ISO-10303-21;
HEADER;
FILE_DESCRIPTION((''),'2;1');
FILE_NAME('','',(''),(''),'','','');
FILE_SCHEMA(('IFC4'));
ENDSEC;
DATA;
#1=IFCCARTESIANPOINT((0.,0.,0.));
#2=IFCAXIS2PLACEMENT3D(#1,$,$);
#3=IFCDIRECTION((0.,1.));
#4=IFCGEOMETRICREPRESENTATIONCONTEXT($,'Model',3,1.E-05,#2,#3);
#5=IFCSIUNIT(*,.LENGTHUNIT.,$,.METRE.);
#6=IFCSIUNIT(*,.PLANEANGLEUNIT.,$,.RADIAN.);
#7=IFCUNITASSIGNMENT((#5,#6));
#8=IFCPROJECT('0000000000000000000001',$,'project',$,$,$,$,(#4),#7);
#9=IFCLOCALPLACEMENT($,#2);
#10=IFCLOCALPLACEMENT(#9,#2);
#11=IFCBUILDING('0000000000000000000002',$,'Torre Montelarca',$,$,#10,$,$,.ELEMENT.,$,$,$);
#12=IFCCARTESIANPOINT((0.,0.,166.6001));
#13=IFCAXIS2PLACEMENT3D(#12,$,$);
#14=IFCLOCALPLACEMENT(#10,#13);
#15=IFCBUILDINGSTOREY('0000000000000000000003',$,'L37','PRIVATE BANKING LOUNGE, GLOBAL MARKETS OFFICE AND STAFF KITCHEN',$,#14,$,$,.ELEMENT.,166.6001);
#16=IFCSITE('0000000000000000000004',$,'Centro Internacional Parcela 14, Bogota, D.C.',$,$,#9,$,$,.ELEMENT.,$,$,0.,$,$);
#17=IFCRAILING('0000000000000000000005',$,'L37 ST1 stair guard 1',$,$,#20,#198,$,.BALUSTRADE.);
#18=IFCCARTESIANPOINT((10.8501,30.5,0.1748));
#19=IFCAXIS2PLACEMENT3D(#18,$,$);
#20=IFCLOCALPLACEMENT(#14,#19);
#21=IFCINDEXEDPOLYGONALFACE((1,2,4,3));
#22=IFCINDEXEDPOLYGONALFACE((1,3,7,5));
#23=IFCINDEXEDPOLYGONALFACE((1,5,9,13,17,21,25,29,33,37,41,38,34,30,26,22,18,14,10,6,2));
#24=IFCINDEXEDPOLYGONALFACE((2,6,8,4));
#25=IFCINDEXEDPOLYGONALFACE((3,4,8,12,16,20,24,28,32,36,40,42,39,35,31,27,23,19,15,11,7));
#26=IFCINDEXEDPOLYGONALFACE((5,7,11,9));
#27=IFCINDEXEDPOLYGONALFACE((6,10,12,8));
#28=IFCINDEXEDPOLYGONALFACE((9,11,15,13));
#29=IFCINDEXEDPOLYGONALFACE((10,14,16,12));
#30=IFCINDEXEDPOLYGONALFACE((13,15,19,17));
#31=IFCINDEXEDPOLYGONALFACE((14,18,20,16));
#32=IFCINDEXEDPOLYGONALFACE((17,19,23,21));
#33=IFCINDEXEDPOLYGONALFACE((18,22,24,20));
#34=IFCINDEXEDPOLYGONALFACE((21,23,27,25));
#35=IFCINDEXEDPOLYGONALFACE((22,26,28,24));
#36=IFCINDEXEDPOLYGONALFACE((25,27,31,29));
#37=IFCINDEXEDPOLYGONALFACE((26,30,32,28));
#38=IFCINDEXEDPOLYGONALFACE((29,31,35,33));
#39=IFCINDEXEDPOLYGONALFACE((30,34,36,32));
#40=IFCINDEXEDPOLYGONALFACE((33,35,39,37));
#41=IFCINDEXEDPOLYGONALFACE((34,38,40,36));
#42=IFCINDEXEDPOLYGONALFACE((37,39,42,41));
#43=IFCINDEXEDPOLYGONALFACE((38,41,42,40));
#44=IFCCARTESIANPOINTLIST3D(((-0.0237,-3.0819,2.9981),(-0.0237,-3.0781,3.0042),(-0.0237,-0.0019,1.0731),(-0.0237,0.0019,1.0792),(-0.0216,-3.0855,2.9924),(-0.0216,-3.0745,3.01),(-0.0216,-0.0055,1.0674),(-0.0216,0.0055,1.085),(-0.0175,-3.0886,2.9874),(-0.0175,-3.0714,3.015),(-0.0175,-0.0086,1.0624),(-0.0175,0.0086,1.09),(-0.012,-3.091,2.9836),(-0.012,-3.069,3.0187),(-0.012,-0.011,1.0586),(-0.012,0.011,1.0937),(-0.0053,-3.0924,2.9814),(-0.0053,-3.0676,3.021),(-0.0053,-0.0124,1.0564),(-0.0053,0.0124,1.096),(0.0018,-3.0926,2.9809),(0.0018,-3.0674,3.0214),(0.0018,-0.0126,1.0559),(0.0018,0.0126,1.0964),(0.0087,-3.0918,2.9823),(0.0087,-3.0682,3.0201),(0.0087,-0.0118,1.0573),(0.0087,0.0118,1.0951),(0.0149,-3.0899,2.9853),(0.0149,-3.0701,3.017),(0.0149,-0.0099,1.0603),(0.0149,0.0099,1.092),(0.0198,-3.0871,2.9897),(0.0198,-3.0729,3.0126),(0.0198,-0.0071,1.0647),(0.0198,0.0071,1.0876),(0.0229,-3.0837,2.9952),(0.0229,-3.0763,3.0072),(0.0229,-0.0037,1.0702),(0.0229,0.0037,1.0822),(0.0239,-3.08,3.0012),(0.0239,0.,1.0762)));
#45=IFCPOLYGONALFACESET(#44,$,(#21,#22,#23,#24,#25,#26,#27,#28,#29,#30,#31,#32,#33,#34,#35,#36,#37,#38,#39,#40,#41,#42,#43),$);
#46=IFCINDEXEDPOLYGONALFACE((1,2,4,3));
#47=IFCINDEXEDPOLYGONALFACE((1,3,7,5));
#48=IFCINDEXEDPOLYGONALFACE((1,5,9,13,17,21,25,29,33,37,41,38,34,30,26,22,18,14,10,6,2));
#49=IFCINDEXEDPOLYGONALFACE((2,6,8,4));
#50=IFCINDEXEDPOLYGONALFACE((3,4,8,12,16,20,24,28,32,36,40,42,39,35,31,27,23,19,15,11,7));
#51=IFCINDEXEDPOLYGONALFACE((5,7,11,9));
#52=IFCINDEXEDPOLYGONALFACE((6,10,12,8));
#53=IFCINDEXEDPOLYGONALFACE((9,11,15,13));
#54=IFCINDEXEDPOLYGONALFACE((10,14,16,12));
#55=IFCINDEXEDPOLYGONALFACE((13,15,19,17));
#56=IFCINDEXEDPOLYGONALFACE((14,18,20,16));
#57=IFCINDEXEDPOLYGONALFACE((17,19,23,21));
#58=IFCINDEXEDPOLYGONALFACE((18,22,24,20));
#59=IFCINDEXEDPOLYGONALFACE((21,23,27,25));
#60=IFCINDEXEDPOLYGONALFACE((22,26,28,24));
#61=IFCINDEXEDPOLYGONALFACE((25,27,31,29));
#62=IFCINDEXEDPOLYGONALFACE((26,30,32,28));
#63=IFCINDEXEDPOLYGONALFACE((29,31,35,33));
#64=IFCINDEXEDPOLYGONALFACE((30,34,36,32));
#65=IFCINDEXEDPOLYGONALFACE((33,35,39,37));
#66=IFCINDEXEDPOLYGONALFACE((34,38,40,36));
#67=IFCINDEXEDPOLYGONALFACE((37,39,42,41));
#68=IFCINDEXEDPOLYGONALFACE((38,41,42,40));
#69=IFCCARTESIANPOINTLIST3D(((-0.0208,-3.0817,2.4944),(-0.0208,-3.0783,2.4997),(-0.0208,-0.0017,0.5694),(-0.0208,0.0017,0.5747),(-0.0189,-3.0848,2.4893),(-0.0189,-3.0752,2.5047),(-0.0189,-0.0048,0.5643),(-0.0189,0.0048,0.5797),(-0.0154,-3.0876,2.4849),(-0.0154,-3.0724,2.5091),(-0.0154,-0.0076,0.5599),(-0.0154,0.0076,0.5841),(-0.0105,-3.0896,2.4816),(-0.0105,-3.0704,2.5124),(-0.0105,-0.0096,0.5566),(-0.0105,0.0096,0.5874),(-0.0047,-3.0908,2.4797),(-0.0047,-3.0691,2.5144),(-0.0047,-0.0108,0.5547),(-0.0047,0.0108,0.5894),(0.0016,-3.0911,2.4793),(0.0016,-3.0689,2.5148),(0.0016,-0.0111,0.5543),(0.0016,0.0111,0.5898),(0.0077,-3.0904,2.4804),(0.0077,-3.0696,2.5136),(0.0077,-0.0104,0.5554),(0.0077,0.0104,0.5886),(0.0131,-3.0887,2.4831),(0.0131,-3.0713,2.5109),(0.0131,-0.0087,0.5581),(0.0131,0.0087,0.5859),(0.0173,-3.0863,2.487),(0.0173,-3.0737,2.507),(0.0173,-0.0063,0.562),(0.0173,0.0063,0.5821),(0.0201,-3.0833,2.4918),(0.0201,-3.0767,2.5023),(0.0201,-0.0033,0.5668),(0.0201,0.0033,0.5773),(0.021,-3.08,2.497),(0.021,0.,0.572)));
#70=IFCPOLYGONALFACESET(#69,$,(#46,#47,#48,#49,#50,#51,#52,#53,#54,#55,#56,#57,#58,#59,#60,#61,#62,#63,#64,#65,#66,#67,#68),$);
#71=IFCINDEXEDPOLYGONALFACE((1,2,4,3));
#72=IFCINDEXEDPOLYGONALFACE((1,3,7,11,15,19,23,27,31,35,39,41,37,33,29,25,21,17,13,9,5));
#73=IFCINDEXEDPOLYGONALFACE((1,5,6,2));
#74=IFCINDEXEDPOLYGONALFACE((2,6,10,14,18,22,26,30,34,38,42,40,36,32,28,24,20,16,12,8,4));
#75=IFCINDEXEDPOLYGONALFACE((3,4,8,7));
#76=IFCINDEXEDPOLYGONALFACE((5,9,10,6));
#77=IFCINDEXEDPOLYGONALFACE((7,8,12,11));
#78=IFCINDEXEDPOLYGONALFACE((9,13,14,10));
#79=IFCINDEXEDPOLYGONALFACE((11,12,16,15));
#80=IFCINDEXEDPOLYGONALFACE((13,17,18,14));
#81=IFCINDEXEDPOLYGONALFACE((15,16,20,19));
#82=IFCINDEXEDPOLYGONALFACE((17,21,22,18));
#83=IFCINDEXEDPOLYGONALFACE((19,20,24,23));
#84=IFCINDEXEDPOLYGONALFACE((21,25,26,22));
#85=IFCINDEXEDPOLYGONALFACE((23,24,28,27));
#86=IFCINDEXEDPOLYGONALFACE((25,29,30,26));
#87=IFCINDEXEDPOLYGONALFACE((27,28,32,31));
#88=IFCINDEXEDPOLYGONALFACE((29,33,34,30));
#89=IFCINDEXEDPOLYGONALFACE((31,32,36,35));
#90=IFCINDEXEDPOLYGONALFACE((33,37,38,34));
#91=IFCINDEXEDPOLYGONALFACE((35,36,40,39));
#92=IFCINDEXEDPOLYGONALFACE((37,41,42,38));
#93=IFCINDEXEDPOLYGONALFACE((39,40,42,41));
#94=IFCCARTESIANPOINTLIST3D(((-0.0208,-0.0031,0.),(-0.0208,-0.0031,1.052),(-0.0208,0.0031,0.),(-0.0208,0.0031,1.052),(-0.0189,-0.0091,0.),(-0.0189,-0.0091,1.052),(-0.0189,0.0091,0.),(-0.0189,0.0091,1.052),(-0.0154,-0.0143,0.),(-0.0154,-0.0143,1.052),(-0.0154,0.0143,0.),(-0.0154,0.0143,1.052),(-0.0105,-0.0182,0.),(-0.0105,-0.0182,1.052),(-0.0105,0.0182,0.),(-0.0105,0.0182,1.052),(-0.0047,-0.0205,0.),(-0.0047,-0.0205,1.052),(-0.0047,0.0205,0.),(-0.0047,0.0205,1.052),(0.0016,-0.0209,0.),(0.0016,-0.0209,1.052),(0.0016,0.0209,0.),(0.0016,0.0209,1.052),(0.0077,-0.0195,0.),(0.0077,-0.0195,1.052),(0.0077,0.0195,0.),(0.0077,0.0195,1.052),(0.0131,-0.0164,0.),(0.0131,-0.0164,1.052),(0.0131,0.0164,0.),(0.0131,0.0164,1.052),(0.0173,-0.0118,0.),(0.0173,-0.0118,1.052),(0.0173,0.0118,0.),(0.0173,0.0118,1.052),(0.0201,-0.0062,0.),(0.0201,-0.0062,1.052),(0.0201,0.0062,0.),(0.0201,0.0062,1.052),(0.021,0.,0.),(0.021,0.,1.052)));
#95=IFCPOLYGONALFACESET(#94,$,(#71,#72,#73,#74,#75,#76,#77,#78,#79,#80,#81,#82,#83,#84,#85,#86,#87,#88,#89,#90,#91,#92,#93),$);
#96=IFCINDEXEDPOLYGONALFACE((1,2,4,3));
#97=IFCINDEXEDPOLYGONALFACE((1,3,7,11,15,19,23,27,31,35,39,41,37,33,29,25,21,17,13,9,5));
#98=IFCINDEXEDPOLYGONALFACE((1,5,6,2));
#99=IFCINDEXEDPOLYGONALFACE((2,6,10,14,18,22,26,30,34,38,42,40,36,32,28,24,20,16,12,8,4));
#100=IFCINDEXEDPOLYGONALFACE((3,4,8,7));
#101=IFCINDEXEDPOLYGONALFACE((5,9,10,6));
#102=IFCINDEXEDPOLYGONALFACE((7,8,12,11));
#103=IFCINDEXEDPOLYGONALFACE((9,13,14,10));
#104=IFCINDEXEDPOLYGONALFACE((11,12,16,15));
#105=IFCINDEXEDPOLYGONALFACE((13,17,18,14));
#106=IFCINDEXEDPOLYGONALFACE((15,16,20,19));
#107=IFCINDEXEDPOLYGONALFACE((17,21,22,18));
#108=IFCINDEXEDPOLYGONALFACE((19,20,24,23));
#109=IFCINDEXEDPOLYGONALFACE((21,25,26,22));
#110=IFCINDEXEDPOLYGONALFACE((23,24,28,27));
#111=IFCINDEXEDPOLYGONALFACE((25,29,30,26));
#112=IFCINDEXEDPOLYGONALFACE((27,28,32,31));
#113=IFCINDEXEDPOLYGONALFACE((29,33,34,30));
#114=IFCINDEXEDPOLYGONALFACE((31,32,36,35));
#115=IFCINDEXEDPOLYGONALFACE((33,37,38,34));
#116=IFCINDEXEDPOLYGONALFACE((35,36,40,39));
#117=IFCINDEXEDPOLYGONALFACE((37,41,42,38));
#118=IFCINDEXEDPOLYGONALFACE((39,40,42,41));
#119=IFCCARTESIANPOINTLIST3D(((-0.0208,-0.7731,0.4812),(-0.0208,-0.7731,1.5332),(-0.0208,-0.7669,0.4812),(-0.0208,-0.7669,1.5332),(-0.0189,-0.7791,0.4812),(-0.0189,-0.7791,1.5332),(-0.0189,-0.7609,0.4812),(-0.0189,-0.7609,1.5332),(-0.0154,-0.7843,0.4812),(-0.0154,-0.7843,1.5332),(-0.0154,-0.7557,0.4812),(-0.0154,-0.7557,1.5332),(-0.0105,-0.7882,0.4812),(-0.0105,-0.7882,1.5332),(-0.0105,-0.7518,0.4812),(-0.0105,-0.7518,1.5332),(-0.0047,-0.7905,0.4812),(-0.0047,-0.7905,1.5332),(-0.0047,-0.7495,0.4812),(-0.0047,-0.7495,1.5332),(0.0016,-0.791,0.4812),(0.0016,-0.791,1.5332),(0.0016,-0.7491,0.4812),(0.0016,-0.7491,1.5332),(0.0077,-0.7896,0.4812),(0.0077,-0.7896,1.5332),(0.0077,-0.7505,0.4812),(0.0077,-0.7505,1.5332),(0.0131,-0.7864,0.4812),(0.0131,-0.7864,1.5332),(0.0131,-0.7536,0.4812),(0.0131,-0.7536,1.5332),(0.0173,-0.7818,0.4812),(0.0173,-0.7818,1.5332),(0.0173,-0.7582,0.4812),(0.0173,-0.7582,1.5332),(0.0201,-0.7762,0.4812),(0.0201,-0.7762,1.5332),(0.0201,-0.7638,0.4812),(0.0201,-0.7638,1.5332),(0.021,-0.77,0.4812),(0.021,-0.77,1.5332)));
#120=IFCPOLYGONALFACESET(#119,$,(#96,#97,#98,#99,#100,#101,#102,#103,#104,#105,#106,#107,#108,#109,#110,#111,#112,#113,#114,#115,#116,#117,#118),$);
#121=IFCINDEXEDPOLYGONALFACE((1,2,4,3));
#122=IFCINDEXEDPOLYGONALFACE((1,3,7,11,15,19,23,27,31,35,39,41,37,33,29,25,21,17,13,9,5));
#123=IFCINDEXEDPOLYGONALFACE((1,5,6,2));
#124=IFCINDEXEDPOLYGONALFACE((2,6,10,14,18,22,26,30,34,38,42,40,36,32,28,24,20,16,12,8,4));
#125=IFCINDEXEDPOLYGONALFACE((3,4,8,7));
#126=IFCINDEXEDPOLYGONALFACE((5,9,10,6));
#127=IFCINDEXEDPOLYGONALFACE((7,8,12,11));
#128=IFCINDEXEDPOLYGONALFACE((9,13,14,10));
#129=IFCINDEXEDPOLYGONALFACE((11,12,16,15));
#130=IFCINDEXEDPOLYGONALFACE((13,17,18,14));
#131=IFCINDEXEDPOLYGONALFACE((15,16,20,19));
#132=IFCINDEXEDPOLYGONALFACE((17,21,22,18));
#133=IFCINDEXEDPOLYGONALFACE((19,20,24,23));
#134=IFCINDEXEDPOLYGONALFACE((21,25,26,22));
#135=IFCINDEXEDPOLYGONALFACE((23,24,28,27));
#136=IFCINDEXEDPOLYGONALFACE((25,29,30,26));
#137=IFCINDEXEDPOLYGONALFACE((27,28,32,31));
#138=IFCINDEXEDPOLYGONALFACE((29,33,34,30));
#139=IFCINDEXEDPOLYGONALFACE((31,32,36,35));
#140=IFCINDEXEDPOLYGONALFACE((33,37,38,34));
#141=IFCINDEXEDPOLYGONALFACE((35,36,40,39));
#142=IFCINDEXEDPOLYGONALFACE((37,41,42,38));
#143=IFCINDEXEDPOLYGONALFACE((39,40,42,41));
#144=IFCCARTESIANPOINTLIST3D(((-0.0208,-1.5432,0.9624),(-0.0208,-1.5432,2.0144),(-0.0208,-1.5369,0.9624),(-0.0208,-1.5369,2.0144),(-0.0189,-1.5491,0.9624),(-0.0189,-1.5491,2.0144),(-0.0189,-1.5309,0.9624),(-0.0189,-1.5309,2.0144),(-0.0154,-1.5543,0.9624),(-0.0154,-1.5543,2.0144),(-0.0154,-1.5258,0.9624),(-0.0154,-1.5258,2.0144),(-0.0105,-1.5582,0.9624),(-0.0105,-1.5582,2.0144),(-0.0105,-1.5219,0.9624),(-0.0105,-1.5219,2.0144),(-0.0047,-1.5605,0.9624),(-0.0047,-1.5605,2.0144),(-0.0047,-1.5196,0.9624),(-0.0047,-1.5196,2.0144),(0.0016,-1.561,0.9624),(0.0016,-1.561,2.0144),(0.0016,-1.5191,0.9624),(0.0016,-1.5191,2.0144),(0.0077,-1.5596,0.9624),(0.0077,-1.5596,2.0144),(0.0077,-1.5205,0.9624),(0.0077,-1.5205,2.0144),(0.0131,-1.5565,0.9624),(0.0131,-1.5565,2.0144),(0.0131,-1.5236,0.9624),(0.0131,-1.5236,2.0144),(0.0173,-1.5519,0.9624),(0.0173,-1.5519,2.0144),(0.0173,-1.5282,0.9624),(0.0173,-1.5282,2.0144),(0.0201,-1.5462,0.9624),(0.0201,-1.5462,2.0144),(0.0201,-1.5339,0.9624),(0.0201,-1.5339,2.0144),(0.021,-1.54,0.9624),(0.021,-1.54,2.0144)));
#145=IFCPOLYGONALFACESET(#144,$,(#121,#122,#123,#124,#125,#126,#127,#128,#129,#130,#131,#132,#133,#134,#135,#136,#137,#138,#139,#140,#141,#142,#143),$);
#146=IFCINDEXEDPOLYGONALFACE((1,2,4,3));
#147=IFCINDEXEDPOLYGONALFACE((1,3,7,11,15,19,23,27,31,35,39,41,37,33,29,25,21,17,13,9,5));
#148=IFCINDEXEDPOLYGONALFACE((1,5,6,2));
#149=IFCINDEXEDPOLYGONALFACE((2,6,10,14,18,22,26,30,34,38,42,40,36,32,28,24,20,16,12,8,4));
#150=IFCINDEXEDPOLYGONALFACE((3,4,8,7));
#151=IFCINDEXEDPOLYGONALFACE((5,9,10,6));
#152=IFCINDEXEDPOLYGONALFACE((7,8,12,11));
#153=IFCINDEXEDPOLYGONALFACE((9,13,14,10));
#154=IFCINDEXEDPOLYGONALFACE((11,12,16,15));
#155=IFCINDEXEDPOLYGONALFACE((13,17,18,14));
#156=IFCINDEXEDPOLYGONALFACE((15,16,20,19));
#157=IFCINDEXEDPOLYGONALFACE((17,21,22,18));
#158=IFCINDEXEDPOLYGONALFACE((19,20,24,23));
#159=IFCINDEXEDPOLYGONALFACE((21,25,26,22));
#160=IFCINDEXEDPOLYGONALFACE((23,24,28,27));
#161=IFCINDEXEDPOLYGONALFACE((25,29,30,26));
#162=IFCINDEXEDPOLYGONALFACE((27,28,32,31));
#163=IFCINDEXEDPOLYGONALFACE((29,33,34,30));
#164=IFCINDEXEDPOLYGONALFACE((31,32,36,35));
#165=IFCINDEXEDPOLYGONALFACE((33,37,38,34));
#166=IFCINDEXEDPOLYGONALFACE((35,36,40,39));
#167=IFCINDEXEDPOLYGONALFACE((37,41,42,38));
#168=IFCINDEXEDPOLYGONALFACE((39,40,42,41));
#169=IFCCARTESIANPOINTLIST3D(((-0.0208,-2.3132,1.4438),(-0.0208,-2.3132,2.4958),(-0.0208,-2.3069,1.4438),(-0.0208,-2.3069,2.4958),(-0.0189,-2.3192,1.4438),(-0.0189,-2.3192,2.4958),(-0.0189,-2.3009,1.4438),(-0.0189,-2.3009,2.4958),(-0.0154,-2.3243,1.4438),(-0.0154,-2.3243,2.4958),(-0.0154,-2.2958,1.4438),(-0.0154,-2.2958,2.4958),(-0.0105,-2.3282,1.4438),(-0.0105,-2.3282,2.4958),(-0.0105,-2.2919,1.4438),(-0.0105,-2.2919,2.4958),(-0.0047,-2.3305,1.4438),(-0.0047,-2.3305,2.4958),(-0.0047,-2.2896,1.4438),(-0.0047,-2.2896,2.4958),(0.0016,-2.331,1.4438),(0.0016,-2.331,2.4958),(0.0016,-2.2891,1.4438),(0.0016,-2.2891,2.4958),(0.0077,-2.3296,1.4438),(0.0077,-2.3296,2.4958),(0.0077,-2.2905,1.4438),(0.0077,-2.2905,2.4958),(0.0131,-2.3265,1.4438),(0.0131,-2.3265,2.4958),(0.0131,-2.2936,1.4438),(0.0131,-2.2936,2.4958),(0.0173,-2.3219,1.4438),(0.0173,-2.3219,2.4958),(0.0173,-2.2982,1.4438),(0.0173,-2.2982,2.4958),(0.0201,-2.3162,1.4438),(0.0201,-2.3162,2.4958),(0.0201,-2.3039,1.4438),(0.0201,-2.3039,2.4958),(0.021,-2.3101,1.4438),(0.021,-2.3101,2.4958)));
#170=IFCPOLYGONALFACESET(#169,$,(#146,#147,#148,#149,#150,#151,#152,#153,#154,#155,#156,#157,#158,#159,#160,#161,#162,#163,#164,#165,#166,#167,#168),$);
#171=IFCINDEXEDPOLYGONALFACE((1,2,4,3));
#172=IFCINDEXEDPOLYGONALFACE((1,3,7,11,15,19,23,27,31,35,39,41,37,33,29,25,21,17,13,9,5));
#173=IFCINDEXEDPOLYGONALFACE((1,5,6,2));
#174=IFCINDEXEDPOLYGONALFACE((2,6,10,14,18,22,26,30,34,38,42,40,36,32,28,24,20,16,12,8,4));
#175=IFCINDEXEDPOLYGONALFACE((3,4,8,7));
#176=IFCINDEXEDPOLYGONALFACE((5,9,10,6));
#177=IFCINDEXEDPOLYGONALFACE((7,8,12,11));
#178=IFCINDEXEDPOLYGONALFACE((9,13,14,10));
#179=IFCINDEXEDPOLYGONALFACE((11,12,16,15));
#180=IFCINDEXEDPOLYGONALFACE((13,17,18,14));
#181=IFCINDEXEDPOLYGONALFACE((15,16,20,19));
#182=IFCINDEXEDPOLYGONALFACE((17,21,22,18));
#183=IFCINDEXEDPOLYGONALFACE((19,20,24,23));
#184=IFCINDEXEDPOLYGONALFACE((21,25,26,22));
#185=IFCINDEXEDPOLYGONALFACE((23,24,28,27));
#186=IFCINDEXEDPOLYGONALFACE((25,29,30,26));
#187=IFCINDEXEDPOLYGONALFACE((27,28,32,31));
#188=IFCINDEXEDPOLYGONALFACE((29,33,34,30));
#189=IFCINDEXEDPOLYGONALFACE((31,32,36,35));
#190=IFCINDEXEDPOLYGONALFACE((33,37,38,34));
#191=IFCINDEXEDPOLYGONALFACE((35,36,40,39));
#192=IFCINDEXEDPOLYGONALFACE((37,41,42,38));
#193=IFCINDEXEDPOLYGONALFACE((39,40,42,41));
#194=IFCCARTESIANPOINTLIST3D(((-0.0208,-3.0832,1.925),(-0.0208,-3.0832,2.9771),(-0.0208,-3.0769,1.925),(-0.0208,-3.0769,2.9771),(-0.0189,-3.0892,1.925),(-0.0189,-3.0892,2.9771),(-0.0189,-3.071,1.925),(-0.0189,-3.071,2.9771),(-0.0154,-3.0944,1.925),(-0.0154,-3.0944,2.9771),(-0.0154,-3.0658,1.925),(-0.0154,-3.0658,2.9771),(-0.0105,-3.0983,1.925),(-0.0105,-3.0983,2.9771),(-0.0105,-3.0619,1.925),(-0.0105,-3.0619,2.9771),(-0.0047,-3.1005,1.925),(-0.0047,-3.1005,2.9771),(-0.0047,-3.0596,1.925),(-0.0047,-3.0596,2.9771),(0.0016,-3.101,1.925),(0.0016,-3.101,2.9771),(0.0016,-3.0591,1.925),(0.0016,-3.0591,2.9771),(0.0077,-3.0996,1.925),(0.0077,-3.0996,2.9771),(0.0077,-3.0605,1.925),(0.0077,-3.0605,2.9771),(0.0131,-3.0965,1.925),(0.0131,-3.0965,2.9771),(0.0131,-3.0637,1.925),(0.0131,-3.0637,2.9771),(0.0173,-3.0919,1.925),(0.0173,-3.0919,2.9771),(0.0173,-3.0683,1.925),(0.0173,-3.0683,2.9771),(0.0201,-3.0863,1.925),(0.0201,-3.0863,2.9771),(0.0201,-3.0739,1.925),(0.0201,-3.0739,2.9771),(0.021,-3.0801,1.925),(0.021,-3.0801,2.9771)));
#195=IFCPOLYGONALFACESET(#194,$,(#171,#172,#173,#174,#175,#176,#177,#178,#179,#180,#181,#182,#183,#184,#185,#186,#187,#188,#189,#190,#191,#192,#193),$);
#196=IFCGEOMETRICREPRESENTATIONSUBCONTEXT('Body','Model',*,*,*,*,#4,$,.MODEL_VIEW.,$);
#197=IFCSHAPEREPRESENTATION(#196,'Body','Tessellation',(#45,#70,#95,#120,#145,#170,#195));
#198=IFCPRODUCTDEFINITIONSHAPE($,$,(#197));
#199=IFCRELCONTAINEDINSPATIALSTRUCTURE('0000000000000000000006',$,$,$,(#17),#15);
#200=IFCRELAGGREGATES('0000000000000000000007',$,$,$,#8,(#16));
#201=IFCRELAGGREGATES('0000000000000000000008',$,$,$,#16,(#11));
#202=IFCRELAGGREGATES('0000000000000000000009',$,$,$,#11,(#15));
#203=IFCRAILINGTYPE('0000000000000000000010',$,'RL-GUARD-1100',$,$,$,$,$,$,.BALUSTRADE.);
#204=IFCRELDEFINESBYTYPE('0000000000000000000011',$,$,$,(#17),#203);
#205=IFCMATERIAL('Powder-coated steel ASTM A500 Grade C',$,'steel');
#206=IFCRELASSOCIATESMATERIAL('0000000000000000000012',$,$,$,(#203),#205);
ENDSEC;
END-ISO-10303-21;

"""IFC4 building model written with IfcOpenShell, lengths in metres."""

from ifc_helpers import new_model, si_unit, direction, frame, origin, origin_2d, place, context, subcontext, project, spatial, circle, extrude, material, type_object, element, save


model = new_model("IFC4")

# Units and contexts
model_context = context("Model", 3, precision=1e-05, world=origin(), true_north=direction((0.0, 1.0)))
body_context = subcontext(model_context, "Body", "Model", "MODEL_VIEW")
ifc_project = project(units=[si_unit("LENGTHUNIT", "METRE"), si_unit("PLANEANGLEUNIT", "RADIAN")], contexts=[model_context])

# Site, building, storey
site_placement = place(None, origin())
site = spatial("IfcSite", under=ifc_project, at=site_placement, Name="Centro Internacional Parcela 14, Bogota, D.C.", CompositionType="ELEMENT", RefElevation=0.0)
building_placement = place(site_placement, origin())
building = spatial("IfcBuilding", under=site, at=building_placement, Name="Torre Montelarca", CompositionType="ELEMENT")
storey_placement = place(building_placement, frame((0.0, 0.0, 166.6001)))
storey = spatial("IfcBuildingStorey", under=building, at=storey_placement, Name="L37", Description="PRIVATE BANKING LOUNGE, GLOBAL MARKETS OFFICE AND STAFF KITCHEN", CompositionType="ELEMENT", Elevation=166.6001)

# Railing
ifc_material_1 = material(Name="Powder-coated steel ASTM A500 Grade C", Category="steel")
railing_type_1 = type_object("IfcRailingType", Name="RL-GUARD-1100", PredefinedType="BALUSTRADE", material=ifc_material_1)
railing_1_placement = place(storey_placement, frame((10.8501, 30.5, 0.1748)))
element("IfcRailing", 1, at=railing_1_placement, inside=storey, type_object=railing_type_1, Name="L37 ST1 stair guard 1", PredefinedType="BALUSTRADE", context=body_context, shape_type="SweptSolid", body=[
    extrude(circle(Radius=0.0239, at=origin_2d()), frame((0.0, 0.0, 1.0762), z_axis=(0.0, -0.847998, 0.529999), x_axis=(1.0, 0.0, 0.0)), (0.0, 0.0, 1.0), 3.6321),
    extrude(circle(Radius=0.021, at=origin_2d()), frame((0.0, 0.0, 0.572), z_axis=(0.0, -0.847998, 0.529999), x_axis=(1.0, 0.0, 0.0)), (0.0, 0.0, 1.0), 3.6321),
    extrude(circle(Radius=0.021, at=origin_2d()), origin(), (0.0, 0.0, 1.0), 1.052),
    extrude(circle(Radius=0.021, at=origin_2d()), frame((0.0, -0.77, 0.4812)), (0.0, 0.0, 1.0), 1.052),
    extrude(circle(Radius=0.021, at=origin_2d()), frame((0.0, -1.54, 0.9624)), (0.0, 0.0, 1.0), 1.052),
    extrude(circle(Radius=0.021, at=origin_2d()), frame((0.0, -2.3101, 1.4438)), (0.0, 0.0, 1.0), 1.052),
    extrude(circle(Radius=0.021, at=origin_2d()), frame((0.0, -3.0801, 1.925)), (0.0, 0.0, 1.0), 1.052),
])

save(model, "model.ifc")
